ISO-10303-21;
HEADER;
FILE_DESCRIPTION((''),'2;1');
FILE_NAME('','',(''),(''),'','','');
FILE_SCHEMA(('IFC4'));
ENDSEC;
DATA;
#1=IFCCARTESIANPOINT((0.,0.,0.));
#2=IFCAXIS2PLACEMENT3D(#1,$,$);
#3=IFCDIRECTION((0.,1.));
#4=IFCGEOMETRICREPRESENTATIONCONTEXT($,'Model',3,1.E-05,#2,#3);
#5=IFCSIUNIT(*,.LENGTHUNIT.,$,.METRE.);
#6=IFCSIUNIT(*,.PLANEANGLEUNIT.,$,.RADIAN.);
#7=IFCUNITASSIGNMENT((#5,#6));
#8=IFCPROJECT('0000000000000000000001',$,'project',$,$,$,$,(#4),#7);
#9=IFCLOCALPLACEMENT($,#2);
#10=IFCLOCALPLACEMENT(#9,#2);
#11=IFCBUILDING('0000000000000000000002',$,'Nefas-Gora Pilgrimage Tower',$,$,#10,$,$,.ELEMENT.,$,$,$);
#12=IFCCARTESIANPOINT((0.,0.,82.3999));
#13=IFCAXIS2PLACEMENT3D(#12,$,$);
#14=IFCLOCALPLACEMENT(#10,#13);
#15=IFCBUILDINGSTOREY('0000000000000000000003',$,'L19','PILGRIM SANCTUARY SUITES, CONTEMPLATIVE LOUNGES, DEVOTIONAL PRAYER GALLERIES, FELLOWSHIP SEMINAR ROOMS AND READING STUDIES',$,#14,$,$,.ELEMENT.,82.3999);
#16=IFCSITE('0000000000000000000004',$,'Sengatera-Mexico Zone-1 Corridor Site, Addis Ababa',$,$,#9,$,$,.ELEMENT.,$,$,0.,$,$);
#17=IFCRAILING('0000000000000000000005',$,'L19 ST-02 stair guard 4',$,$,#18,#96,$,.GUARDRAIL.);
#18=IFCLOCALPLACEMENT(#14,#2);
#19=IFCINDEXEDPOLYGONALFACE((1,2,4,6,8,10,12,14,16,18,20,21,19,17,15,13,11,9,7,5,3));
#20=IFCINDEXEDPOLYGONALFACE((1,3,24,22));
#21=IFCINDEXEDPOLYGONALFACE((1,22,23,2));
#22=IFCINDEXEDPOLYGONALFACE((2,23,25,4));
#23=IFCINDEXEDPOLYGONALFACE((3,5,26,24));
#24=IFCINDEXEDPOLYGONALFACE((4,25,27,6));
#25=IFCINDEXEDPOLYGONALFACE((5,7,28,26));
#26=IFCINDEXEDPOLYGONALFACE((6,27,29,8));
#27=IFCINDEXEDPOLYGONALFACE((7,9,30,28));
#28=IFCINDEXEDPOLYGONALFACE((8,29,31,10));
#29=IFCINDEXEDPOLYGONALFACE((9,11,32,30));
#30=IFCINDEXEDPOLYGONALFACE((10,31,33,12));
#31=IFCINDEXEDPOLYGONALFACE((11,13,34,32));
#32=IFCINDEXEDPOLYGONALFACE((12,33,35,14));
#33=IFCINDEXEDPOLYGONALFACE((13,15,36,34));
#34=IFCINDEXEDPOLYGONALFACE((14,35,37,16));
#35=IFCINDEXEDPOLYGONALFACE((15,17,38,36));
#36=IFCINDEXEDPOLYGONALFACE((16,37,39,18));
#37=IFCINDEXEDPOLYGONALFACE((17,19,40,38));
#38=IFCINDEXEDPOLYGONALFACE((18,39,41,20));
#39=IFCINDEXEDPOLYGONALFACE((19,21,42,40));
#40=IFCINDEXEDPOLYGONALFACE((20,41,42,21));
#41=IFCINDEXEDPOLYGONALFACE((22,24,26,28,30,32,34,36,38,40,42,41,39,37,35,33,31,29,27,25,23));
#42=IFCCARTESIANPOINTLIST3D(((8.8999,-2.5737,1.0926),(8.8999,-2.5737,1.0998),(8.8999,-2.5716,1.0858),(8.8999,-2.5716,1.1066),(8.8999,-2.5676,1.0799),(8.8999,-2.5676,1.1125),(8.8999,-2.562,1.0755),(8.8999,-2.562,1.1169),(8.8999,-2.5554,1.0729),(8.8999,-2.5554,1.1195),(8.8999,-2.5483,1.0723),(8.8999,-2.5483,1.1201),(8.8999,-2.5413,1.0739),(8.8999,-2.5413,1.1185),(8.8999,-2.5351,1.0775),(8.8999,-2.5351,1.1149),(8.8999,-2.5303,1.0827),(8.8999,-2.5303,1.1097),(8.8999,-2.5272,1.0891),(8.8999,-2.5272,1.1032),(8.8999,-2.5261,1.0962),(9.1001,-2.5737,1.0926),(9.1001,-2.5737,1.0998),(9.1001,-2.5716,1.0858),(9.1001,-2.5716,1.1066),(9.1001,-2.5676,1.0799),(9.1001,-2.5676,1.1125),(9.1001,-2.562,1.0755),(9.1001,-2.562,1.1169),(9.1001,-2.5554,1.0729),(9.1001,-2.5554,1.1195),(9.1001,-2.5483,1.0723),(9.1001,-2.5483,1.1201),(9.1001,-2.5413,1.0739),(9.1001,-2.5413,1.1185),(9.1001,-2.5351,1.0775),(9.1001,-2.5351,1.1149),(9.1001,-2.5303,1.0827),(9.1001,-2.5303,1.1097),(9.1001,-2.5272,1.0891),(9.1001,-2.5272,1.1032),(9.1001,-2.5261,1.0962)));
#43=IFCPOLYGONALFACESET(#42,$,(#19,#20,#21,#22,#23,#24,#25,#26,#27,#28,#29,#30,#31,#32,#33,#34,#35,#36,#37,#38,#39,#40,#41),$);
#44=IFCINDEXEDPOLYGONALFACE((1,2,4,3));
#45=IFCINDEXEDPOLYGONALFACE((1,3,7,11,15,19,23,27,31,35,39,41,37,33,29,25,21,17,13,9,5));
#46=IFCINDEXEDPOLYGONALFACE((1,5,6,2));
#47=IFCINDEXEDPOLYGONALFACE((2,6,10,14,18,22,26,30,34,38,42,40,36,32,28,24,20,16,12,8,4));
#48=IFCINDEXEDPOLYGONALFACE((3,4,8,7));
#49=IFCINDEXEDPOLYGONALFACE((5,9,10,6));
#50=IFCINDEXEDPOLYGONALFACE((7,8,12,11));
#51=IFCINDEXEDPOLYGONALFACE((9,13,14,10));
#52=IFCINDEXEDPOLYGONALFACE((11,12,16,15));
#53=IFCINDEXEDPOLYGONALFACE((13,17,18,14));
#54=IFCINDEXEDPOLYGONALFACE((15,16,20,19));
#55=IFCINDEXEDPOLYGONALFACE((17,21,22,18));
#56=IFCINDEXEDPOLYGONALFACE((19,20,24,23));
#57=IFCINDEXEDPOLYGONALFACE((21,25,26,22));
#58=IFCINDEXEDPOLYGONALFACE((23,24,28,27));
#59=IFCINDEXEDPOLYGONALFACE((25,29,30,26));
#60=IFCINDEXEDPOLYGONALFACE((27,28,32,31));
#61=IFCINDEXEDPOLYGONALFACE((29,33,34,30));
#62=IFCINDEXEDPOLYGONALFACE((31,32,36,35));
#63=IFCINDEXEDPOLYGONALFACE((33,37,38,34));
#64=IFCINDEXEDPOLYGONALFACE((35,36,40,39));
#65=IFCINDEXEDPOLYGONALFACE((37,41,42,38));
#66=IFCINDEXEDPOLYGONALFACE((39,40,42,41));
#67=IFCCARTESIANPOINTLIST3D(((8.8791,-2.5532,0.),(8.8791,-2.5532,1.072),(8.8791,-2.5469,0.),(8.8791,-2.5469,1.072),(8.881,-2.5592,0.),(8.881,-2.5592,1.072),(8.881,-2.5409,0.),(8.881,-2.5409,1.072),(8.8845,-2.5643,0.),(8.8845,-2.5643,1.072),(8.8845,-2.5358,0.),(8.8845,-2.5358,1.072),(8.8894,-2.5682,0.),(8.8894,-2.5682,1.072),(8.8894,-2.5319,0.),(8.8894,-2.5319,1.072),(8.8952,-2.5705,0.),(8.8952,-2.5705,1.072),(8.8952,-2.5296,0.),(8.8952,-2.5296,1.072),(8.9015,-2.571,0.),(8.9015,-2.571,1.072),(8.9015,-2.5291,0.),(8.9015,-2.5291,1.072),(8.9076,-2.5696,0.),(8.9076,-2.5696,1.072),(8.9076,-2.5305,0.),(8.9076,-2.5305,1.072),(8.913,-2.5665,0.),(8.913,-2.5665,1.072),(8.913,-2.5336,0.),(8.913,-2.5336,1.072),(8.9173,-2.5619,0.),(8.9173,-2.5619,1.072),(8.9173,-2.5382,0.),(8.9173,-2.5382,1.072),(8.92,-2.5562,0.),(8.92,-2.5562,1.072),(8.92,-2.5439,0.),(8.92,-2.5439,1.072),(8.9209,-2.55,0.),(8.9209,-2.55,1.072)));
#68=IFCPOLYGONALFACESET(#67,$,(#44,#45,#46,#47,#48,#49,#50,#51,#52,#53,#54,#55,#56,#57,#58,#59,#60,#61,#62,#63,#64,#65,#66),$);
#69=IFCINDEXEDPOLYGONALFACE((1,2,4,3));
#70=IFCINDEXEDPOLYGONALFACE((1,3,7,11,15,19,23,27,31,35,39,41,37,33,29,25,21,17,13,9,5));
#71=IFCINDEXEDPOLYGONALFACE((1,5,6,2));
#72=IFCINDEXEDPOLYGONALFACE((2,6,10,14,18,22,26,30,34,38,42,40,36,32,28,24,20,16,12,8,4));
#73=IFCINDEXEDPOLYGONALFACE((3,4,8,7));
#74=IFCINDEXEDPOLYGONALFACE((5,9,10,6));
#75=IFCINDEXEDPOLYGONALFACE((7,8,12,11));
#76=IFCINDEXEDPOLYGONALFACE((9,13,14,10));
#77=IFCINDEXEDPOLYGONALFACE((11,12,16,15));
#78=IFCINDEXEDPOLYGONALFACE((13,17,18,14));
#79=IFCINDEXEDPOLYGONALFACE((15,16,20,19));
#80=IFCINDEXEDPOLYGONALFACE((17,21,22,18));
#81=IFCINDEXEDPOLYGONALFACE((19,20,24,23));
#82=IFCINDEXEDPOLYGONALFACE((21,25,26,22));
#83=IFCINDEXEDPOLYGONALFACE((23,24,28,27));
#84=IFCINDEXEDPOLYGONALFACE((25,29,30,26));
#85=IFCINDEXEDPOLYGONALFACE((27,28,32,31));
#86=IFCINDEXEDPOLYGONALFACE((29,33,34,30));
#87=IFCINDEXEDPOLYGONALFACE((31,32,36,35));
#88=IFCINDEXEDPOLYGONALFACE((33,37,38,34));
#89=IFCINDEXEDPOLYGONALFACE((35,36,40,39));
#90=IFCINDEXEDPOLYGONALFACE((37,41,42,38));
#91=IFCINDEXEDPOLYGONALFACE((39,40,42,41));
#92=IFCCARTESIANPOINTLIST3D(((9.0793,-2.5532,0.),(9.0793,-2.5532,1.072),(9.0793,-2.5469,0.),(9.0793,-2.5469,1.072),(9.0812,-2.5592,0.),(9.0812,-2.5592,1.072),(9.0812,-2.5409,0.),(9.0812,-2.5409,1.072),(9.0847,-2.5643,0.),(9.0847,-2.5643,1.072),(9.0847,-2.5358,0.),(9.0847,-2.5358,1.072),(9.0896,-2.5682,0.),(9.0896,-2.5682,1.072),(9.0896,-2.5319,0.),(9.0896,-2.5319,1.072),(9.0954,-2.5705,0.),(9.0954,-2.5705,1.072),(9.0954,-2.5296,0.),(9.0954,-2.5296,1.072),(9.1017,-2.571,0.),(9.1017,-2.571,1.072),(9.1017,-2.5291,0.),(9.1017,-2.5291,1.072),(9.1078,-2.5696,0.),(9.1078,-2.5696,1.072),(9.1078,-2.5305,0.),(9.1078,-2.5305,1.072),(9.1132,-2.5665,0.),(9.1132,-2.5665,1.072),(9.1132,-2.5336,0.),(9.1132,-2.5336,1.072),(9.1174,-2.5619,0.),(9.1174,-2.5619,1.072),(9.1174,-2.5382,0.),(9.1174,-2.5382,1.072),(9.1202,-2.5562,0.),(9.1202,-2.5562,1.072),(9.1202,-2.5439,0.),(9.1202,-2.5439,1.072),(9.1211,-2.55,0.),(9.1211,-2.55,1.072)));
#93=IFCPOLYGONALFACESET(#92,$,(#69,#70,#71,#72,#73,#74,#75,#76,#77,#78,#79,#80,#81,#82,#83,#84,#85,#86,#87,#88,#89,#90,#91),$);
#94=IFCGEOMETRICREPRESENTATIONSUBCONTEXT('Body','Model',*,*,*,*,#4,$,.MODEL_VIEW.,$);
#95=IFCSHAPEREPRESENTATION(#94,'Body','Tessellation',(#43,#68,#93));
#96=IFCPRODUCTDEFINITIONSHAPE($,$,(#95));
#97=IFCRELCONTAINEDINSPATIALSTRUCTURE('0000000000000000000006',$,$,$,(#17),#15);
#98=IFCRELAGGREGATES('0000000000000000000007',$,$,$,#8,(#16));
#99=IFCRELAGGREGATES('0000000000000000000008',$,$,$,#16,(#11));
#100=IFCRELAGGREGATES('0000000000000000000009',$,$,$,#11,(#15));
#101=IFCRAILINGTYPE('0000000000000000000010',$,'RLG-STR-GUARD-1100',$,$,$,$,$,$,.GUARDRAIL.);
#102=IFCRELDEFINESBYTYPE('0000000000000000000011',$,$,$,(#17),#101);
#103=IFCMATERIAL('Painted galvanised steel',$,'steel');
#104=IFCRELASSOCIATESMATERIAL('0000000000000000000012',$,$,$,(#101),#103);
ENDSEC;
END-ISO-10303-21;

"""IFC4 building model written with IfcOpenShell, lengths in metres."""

from ifc_helpers import new_model, si_unit, direction, frame, origin, origin_2d, place, context, subcontext, project, spatial, circle, extrude, material, type_object, element, save


model = new_model("IFC4")

# Units and contexts
model_context = context("Model", 3, precision=1e-05, world=origin(), true_north=direction((0.0, 1.0)))
body_context = subcontext(model_context, "Body", "Model", "MODEL_VIEW")
ifc_project = project(units=[si_unit("LENGTHUNIT", "METRE"), si_unit("PLANEANGLEUNIT", "RADIAN")], contexts=[model_context])

# Site, building, storey
site_placement = place(None, origin())
site = spatial("IfcSite", under=ifc_project, at=site_placement, Name="Sengatera-Mexico Zone-1 Corridor Site, Addis Ababa", CompositionType="ELEMENT", RefElevation=0.0)
building_placement = place(site_placement, origin())
building = spatial("IfcBuilding", under=site, at=building_placement, Name="Nefas-Gora Pilgrimage Tower", CompositionType="ELEMENT")
storey_placement = place(building_placement, frame((0.0, 0.0, 82.3999)))
storey = spatial("IfcBuildingStorey", under=building, at=storey_placement, Name="L19", Description="PILGRIM SANCTUARY SUITES, CONTEMPLATIVE LOUNGES, DEVOTIONAL PRAYER GALLERIES, FELLOWSHIP SEMINAR ROOMS AND READING STUDIES", CompositionType="ELEMENT", Elevation=82.3999)

# Railing
ifc_material_1 = material(Name="Painted galvanised steel", Category="steel")
railing_type_1 = type_object("IfcRailingType", Name="RLG-STR-GUARD-1100", PredefinedType="GUARDRAIL", material=ifc_material_1)
railing_1_placement = place(storey_placement, frame((8.8999, -2.55, 0.0)))
element("IfcRailing", 1, at=railing_1_placement, inside=storey, type_object=railing_type_1, Name="L19 ST-02 stair guard 4", PredefinedType="GUARDRAIL", context=body_context, shape_type="SweptSolid", body=[
    extrude(circle(Radius=0.0239, at=origin_2d()), frame((0.0, 0.0, 1.0962), z_axis=(1.0, 0.0, 0.0), x_axis=(0.0, 1.0, 0.0)), (0.0, 0.0, 1.0), 0.2002),
    extrude(circle(Radius=0.021, at=origin_2d()), origin(), (0.0, 0.0, 1.0), 1.072),
    extrude(circle(Radius=0.021, at=origin_2d()), frame((0.2002, 0.0, 0.0)), (0.0, 0.0, 1.0), 1.072),
])

save(model, "model.ifc")
